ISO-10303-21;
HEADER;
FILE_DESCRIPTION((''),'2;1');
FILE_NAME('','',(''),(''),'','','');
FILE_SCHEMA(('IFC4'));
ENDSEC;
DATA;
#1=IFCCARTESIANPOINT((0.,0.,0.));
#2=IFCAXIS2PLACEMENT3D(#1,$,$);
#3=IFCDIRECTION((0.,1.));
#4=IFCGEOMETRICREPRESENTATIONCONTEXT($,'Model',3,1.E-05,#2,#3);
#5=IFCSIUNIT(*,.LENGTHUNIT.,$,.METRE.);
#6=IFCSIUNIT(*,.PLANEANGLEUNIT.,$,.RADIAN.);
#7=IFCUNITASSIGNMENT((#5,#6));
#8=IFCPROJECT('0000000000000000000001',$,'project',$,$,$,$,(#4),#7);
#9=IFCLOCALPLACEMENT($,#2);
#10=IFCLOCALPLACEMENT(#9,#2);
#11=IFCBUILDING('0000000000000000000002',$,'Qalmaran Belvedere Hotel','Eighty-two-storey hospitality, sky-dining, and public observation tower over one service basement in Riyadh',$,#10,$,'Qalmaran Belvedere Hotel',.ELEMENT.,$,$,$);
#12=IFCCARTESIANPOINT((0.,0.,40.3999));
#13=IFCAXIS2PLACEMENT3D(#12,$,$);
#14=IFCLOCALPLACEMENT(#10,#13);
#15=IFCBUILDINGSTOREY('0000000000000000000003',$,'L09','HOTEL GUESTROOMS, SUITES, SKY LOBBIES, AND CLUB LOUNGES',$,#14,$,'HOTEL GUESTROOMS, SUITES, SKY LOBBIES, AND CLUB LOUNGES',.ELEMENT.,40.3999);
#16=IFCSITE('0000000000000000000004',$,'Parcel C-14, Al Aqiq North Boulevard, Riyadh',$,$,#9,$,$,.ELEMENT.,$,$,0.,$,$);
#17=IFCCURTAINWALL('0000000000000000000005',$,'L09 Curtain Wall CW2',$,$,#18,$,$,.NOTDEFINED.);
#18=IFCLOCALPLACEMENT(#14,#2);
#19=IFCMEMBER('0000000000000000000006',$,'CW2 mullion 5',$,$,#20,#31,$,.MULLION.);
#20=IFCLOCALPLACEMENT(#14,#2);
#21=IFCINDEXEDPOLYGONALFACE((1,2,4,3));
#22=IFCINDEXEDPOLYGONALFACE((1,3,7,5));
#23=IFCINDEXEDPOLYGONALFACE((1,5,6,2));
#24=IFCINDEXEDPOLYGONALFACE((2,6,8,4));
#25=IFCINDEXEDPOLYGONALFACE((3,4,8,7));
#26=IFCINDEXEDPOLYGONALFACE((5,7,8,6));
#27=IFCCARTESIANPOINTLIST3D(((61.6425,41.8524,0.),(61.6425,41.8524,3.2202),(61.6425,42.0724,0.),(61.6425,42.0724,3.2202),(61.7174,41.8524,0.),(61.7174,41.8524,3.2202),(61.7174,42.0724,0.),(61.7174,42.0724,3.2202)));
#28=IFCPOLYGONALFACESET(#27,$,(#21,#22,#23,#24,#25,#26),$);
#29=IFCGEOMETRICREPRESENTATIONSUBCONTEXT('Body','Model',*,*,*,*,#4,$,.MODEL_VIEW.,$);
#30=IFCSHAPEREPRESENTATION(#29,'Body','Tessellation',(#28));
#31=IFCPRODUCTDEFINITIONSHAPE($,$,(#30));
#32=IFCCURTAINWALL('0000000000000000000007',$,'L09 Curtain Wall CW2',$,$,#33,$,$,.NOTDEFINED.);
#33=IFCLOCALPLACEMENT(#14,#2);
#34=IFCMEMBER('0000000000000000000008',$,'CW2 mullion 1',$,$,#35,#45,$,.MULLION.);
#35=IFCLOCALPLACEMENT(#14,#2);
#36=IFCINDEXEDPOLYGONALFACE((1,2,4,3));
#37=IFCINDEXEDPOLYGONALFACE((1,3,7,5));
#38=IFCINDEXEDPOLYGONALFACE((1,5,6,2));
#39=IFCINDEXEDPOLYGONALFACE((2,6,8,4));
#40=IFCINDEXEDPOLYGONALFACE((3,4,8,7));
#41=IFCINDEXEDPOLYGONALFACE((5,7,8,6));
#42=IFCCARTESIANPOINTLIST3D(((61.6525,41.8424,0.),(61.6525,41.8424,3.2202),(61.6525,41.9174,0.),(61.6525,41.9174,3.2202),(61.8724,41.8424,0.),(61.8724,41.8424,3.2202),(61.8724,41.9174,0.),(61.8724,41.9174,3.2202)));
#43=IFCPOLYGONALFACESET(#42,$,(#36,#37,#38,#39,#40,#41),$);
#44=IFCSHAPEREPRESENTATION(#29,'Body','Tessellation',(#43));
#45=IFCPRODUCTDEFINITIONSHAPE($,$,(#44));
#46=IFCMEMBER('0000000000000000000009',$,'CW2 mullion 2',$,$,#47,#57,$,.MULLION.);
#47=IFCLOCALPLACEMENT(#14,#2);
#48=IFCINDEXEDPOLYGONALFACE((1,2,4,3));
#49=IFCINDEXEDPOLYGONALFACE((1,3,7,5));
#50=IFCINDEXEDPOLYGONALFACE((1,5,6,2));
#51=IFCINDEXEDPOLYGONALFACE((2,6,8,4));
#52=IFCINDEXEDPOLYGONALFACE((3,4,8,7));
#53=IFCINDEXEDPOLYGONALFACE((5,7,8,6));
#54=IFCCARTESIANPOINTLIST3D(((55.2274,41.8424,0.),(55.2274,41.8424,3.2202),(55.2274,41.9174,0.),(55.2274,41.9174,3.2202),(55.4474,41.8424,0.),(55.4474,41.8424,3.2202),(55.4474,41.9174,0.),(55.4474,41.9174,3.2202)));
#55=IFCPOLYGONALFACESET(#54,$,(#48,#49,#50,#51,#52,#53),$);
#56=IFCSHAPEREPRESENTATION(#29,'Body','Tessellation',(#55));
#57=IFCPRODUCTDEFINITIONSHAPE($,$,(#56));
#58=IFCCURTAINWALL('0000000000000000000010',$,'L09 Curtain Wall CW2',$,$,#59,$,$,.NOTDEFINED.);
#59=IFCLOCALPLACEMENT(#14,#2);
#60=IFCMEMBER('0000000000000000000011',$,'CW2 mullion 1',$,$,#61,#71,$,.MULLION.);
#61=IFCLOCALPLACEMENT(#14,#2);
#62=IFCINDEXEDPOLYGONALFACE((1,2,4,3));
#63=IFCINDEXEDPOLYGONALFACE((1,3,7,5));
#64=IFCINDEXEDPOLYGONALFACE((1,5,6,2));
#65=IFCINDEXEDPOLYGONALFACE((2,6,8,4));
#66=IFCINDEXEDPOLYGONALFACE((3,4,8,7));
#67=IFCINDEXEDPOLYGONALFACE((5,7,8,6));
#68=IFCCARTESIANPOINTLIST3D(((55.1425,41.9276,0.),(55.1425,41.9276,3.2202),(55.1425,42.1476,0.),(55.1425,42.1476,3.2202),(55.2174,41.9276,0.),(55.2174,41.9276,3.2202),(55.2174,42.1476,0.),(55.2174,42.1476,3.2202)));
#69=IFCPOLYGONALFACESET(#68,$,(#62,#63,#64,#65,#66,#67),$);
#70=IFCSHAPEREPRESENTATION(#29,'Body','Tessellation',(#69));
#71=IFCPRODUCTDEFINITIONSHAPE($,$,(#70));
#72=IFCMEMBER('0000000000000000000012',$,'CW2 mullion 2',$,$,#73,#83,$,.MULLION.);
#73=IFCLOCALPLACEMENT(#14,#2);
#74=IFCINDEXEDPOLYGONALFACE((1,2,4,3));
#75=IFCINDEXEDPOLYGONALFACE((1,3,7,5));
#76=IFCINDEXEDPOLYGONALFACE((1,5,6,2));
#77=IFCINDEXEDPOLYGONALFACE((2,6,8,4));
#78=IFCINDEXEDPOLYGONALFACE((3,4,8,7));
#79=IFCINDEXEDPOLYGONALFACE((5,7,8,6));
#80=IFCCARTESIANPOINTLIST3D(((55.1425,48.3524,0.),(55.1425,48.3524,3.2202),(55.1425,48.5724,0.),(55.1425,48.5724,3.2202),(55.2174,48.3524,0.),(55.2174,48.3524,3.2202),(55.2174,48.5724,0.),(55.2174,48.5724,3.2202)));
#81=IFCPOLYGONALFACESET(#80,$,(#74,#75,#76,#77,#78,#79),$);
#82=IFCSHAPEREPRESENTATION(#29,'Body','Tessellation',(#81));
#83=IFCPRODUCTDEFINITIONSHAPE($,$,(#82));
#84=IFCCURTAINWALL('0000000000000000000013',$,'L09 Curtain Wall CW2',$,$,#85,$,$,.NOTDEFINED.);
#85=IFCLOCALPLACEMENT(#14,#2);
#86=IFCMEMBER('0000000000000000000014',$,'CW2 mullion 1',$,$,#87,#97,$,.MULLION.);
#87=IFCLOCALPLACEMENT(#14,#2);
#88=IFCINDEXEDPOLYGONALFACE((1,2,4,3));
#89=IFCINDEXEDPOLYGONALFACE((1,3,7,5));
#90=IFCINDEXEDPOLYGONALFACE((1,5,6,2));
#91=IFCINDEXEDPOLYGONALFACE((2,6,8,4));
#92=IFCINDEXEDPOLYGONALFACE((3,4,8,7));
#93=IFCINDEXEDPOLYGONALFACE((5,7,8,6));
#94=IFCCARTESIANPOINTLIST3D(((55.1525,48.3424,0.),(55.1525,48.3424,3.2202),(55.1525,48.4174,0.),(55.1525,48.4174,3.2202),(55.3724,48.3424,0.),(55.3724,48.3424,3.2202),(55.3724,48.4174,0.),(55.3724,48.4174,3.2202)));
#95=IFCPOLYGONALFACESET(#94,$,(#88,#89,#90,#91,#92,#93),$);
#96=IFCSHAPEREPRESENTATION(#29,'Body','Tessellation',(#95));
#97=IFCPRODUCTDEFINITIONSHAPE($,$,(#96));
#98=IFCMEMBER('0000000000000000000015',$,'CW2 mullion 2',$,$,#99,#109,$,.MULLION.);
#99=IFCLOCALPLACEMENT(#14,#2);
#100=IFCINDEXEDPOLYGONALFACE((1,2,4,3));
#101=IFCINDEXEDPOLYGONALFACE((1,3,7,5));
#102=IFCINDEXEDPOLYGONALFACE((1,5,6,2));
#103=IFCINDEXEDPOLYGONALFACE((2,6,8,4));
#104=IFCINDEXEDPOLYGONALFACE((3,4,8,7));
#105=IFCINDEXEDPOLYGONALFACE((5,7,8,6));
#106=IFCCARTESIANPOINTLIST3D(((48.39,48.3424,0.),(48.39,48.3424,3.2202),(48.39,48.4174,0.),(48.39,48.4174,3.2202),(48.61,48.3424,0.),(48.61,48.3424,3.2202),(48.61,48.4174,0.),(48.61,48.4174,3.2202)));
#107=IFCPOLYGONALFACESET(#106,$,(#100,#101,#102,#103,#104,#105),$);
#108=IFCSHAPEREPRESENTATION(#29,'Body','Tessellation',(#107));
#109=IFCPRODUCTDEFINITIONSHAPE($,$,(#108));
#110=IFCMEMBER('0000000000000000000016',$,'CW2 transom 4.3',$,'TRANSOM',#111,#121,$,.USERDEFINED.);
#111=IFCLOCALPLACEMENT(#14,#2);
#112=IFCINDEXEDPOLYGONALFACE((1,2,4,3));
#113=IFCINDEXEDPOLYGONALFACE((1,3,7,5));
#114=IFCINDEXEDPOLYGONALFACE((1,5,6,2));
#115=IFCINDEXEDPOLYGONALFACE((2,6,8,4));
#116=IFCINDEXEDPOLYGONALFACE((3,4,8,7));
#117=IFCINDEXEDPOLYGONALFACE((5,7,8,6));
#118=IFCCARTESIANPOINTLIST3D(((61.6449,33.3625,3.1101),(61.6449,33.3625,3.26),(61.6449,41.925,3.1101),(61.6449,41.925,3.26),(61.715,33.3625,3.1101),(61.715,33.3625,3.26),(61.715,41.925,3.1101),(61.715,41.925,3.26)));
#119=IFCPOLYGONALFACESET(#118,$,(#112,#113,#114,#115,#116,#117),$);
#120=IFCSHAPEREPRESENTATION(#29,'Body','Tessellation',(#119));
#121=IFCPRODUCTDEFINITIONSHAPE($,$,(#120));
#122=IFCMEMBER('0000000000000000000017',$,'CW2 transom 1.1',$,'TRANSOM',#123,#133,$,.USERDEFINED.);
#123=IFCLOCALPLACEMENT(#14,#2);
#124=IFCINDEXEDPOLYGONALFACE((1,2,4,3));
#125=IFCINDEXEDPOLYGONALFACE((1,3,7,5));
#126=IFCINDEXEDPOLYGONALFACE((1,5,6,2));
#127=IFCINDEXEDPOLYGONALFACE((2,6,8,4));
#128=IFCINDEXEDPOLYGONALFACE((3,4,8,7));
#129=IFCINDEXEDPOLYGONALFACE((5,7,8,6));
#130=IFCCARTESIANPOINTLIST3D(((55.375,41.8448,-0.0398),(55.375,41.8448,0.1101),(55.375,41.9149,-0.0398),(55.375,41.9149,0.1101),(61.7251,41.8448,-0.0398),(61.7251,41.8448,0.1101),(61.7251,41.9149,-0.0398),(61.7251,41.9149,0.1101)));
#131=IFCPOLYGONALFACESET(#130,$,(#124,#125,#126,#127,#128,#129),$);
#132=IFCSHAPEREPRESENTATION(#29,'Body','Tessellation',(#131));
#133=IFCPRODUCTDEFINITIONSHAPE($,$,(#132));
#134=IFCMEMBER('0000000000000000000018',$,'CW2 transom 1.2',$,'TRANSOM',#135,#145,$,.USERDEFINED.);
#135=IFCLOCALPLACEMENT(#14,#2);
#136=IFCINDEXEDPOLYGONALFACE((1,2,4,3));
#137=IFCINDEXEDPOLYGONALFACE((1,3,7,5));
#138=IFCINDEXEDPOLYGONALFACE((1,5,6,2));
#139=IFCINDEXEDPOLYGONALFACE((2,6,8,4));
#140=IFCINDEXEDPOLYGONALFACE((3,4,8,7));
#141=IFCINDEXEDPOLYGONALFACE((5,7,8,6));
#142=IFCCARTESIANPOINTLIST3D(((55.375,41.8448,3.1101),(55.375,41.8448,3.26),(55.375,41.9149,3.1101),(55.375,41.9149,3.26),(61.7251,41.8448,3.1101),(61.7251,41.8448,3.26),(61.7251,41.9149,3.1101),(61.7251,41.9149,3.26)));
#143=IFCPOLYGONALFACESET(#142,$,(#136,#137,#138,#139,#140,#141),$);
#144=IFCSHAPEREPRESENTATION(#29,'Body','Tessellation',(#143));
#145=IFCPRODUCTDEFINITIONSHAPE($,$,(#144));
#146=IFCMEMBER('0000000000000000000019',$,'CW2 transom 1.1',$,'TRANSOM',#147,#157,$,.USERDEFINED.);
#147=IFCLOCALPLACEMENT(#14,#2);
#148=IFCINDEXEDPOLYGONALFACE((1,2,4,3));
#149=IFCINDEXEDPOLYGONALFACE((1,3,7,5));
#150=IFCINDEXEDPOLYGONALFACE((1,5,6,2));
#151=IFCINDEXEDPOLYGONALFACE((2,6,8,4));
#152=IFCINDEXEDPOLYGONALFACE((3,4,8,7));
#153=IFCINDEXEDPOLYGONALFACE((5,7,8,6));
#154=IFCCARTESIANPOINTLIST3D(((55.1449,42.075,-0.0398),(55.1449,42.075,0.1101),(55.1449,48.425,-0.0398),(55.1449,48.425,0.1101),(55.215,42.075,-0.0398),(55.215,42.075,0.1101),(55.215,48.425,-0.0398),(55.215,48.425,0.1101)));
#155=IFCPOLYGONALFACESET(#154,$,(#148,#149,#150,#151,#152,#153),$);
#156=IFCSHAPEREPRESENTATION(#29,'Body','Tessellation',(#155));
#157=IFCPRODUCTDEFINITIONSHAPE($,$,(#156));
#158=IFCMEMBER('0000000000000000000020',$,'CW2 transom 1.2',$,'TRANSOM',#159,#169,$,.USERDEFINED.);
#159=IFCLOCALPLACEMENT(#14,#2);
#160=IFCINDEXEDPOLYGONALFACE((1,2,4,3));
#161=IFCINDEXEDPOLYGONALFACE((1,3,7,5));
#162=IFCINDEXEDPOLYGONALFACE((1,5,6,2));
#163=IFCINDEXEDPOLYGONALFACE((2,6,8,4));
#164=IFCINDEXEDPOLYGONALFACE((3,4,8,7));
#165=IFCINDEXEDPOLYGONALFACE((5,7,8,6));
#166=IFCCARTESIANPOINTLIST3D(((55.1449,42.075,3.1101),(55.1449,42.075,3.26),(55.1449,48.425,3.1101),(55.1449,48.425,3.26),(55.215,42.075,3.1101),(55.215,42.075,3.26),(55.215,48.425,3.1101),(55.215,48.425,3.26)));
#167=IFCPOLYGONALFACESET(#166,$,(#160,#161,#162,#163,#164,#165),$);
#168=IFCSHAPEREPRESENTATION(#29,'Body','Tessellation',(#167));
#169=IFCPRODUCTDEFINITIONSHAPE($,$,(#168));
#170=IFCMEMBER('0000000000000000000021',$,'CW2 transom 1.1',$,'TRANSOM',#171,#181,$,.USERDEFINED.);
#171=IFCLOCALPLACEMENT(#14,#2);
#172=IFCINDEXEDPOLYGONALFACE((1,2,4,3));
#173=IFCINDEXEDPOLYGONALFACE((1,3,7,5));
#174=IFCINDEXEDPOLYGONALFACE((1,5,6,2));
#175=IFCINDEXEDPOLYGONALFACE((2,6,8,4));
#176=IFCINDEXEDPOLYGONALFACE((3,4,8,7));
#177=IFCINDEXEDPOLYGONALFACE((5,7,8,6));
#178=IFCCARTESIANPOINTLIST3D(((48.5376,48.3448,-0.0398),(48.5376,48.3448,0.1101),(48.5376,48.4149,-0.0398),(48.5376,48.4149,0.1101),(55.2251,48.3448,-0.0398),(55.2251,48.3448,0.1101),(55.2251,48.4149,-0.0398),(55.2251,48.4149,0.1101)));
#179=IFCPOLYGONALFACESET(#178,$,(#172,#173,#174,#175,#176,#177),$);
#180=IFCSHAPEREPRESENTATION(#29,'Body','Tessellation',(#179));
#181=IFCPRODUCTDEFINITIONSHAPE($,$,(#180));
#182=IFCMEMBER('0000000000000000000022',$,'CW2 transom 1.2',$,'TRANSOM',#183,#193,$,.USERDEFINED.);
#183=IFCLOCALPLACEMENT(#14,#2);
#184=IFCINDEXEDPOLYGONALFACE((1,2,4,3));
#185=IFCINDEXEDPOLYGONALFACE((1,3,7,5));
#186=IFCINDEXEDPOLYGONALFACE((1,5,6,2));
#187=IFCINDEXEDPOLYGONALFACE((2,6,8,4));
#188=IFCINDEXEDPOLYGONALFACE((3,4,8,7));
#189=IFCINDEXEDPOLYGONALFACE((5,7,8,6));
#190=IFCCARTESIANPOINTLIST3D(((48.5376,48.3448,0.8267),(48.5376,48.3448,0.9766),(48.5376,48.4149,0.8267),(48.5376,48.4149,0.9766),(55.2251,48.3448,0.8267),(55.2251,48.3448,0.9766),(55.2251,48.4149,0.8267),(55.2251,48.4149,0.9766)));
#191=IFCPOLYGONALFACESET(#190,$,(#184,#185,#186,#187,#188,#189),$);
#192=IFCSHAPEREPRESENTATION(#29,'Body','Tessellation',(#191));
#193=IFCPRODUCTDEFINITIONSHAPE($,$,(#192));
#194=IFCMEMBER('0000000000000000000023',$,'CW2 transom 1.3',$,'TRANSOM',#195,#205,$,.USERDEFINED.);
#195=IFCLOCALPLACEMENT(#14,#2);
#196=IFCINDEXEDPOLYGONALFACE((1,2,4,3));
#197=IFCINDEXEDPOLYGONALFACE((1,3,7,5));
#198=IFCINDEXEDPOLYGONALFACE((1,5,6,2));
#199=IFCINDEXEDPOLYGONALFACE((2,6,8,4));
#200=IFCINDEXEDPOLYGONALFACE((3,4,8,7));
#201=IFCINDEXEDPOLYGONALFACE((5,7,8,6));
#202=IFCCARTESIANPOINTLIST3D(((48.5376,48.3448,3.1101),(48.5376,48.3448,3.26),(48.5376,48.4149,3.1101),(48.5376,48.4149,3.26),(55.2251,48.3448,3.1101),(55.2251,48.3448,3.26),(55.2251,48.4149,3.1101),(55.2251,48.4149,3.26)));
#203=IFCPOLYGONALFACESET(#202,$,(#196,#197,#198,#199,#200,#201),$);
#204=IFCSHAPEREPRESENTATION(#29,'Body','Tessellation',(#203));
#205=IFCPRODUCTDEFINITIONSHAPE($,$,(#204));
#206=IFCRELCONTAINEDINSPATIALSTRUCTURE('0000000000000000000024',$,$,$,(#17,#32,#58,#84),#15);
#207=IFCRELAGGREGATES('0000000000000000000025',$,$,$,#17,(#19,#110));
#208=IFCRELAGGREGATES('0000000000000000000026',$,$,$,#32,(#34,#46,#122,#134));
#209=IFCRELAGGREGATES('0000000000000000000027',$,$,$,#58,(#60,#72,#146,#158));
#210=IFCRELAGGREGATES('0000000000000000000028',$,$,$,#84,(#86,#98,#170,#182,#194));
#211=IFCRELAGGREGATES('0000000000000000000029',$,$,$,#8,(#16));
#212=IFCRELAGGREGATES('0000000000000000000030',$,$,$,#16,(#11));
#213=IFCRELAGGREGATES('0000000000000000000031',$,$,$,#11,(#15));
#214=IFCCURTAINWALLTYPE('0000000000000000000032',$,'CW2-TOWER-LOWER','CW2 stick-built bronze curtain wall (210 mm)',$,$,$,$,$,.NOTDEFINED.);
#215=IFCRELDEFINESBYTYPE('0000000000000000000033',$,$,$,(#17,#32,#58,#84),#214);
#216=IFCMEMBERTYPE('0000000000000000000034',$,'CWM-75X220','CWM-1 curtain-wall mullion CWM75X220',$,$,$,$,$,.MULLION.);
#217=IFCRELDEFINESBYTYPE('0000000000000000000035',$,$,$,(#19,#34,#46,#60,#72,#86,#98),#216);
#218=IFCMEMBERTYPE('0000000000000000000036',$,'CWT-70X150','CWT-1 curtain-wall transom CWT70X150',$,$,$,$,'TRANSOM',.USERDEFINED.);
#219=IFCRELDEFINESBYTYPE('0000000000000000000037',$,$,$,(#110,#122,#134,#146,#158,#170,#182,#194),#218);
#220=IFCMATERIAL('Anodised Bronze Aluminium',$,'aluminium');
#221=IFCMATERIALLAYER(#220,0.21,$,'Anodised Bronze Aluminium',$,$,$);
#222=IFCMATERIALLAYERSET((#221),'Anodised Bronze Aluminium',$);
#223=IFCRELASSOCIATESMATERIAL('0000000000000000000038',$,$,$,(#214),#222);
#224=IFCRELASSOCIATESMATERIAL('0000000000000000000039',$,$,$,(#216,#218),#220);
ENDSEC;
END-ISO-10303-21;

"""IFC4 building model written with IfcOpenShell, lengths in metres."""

from ifc_helpers import new_model, si_unit, direction, frame, origin, origin_2d, place, context, subcontext, project, spatial, rectangle, extrude, material, layer, layer_set, material_profile, profile_set, type_object, element, aggregate, save


model = new_model("IFC4")

# Units and contexts
model_context = context("Model", 3, precision=1e-05, world=origin(), true_north=direction((0.0, 1.0)))
body_context = subcontext(model_context, "Body", "Model", "MODEL_VIEW")
ifc_project = project(units=[si_unit("LENGTHUNIT", "METRE"), si_unit("PLANEANGLEUNIT", "RADIAN")], contexts=[model_context])

# Site, building, storey
site_placement = place(None, origin())
site = spatial("IfcSite", under=ifc_project, at=site_placement, Name="Parcel C-14, Al Aqiq North Boulevard, Riyadh", CompositionType="ELEMENT", RefElevation=0.0)
building_placement = place(site_placement, origin())
building = spatial("IfcBuilding", under=site, at=building_placement, Name="Qalmaran Belvedere Hotel", Description="Eighty-two-storey hospitality, sky-dining, and public observation tower over one service basement in Riyadh", LongName="Qalmaran Belvedere Hotel", CompositionType="ELEMENT")
storey_placement = place(building_placement, frame((0.0, 0.0, 40.3999)))
storey = spatial("IfcBuildingStorey", under=building, at=storey_placement, Name="L09", Description="HOTEL GUESTROOMS, SUITES, SKY LOBBIES, AND CLUB LOUNGES", LongName="HOTEL GUESTROOMS, SUITES, SKY LOBBIES, AND CLUB LOUNGES", CompositionType="ELEMENT", Elevation=40.3999)

# Curtain wall, member
ifc_material_1 = material(Name="Anodised Bronze Aluminium", Category="aluminium")
ifc_layer_1 = layer(ifc_material_1, 0.21, Name="Anodised Bronze Aluminium")
ifc_layer_set_1 = layer_set([ifc_layer_1], Name="Anodised Bronze Aluminium")
curtain_wall_type = type_object("IfcCurtainWallType", Name="CW2-TOWER-LOWER", Description="CW2 stick-built bronze curtain wall (210 mm)", PredefinedType="NOTDEFINED", material=ifc_layer_set_1)
curtain_wall_1_placement = place(storey_placement, origin())
curtain_wall_1 = element("IfcCurtainWall", 1, at=curtain_wall_1_placement, inside=storey, type_object=curtain_wall_type, Name="L09 Curtain Wall CW2", PredefinedType="NOTDEFINED")
ifc_material_profile_1 = material_profile(ifc_material_1, rectangle(XDim=0.075, YDim=0.22, at=origin_2d()), Name="CWM75X220")
ifc_profile_set_1 = profile_set([ifc_material_profile_1], Name="Anodised Bronze Aluminium")
member_type_1 = type_object("IfcMemberType", Name="CWM-75X220", Description="CWM-1 curtain-wall mullion CWM75X220", PredefinedType="MULLION", material=ifc_profile_set_1)
member_1_placement = place(storey_placement, frame((61.6799, 41.9624, 0.0), z_axis=(0.0, 0.0, 1.0), x_axis=(-1.0, 0.0, 0.0)))
member_1 = element("IfcMember", 2, at=member_1_placement, type_object=member_type_1, Name="CW2 mullion 5", PredefinedType="MULLION", context=body_context, shape_type="SweptSolid", body=[
    extrude(rectangle(XDim=0.075, YDim=0.22, at=origin_2d()), origin(), (0.0, 0.0, 1.0), 3.2202),
])

# Curtain walls, members
curtain_wall_2_placement = place(storey_placement, origin())
curtain_wall_2 = element("IfcCurtainWall", 3, at=curtain_wall_2_placement, inside=storey, type_object=curtain_wall_type, Name="L09 Curtain Wall CW2", PredefinedType="NOTDEFINED")
member_2_placement = place(storey_placement, frame((61.7625, 41.8799, 0.0), z_axis=(0.0, 0.0, 1.0), x_axis=(0.0, -1.0, 0.0)))
member_2 = element("IfcMember", 4, at=member_2_placement, type_object=member_type_1, Name="CW2 mullion 1", PredefinedType="MULLION", context=body_context, shape_type="SweptSolid", body=[
    extrude(rectangle(XDim=0.075, YDim=0.22, at=origin_2d()), origin(), (0.0, 0.0, 1.0), 3.2202),
])
member_3_placement = place(storey_placement, frame((55.3374, 41.8799, 0.0), z_axis=(0.0, 0.0, 1.0), x_axis=(0.0, -1.0, 0.0)))
member_3 = element("IfcMember", 5, at=member_3_placement, type_object=member_type_1, Name="CW2 mullion 2", PredefinedType="MULLION", context=body_context, shape_type="SweptSolid", body=[
    extrude(rectangle(XDim=0.075, YDim=0.22, at=origin_2d()), origin(), (0.0, 0.0, 1.0), 3.2202),
])
curtain_wall_3_placement = place(storey_placement, origin())
curtain_wall_3 = element("IfcCurtainWall", 6, at=curtain_wall_3_placement, inside=storey, type_object=curtain_wall_type, Name="L09 Curtain Wall CW2", PredefinedType="NOTDEFINED")
member_4_placement = place(storey_placement, frame((55.1799, 42.0376, 0.0), z_axis=(0.0, 0.0, 1.0), x_axis=(-1.0, 0.0, 0.0)))
member_4 = element("IfcMember", 7, at=member_4_placement, type_object=member_type_1, Name="CW2 mullion 1", PredefinedType="MULLION", context=body_context, shape_type="SweptSolid", body=[
    extrude(rectangle(XDim=0.075, YDim=0.22, at=origin_2d()), origin(), (0.0, 0.0, 1.0), 3.2202),
])
member_5_placement = place(storey_placement, frame((55.1799, 48.4624, 0.0), z_axis=(0.0, 0.0, 1.0), x_axis=(-1.0, 0.0, 0.0)))
member_5 = element("IfcMember", 8, at=member_5_placement, type_object=member_type_1, Name="CW2 mullion 2", PredefinedType="MULLION", context=body_context, shape_type="SweptSolid", body=[
    extrude(rectangle(XDim=0.075, YDim=0.22, at=origin_2d()), origin(), (0.0, 0.0, 1.0), 3.2202),
])
curtain_wall_4_placement = place(storey_placement, origin())
curtain_wall_4 = element("IfcCurtainWall", 9, at=curtain_wall_4_placement, inside=storey, type_object=curtain_wall_type, Name="L09 Curtain Wall CW2", PredefinedType="NOTDEFINED")
member_6_placement = place(storey_placement, frame((55.2625, 48.3799, 0.0), z_axis=(0.0, 0.0, 1.0), x_axis=(0.0, -1.0, 0.0)))
member_6 = element("IfcMember", 10, at=member_6_placement, type_object=member_type_1, Name="CW2 mullion 1", PredefinedType="MULLION", context=body_context, shape_type="SweptSolid", body=[
    extrude(rectangle(XDim=0.075, YDim=0.22, at=origin_2d()), origin(), (0.0, 0.0, 1.0), 3.2202),
])
member_7_placement = place(storey_placement, frame((48.5, 48.3799, 0.0), z_axis=(0.0, 0.0, 1.0), x_axis=(0.0, -1.0, 0.0)))
member_7 = element("IfcMember", 11, at=member_7_placement, type_object=member_type_1, Name="CW2 mullion 2", PredefinedType="MULLION", context=body_context, shape_type="SweptSolid", body=[
    extrude(rectangle(XDim=0.075, YDim=0.22, at=origin_2d()), origin(), (0.0, 0.0, 1.0), 3.2202),
])

# Members
ifc_material_profile_2 = material_profile(ifc_material_1, rectangle(XDim=0.0701, YDim=0.1499, at=origin_2d()), Name="CWT70X150")
ifc_profile_set_2 = profile_set([ifc_material_profile_2], Name="Anodised Bronze Aluminium")
member_type_2 = type_object("IfcMemberType", Name="CWT-70X150", Description="CWT-1 curtain-wall transom CWT70X150", ElementType="TRANSOM", PredefinedType="USERDEFINED", material=ifc_profile_set_2)
member_8_placement = place(storey_placement, frame((61.6799, 33.3625, 3.1851), z_axis=(0.0, 1.0, 0.0), x_axis=(-1.0, 0.0, 0.0)))
member_8 = element("IfcMember", 12, at=member_8_placement, type_object=member_type_2, Name="CW2 transom 4.3", ObjectType="TRANSOM", PredefinedType="USERDEFINED", context=body_context, shape_type="SweptSolid", body=[
    extrude(rectangle(XDim=0.0701, YDim=0.1499, at=origin_2d()), origin(), (0.0, 0.0, 1.0), 8.5625),
])
member_9_placement = place(storey_placement, frame((61.7251, 41.8799, 0.0352), z_axis=(-1.0, 0.0, 0.0), x_axis=(0.0, -1.0, 0.0)))
member_9 = element("IfcMember", 13, at=member_9_placement, type_object=member_type_2, Name="CW2 transom 1.1", ObjectType="TRANSOM", PredefinedType="USERDEFINED", context=body_context, shape_type="SweptSolid", body=[
    extrude(rectangle(XDim=0.0701, YDim=0.1499, at=origin_2d()), origin(), (0.0, 0.0, 1.0), 6.3501),
])
member_10_placement = place(storey_placement, frame((61.7251, 41.8799, 3.1851), z_axis=(-1.0, 0.0, 0.0), x_axis=(0.0, -1.0, 0.0)))
member_10 = element("IfcMember", 14, at=member_10_placement, type_object=member_type_2, Name="CW2 transom 1.2", ObjectType="TRANSOM", PredefinedType="USERDEFINED", context=body_context, shape_type="SweptSolid", body=[
    extrude(rectangle(XDim=0.0701, YDim=0.1499, at=origin_2d()), origin(), (0.0, 0.0, 1.0), 6.3501),
])
member_11_placement = place(storey_placement, frame((55.1799, 42.075, 0.0352), z_axis=(0.0, 1.0, 0.0), x_axis=(-1.0, 0.0, 0.0)))
member_11 = element("IfcMember", 15, at=member_11_placement, type_object=member_type_2, Name="CW2 transom 1.1", ObjectType="TRANSOM", PredefinedType="USERDEFINED", context=body_context, shape_type="SweptSolid", body=[
    extrude(rectangle(XDim=0.0701, YDim=0.1499, at=origin_2d()), origin(), (0.0, 0.0, 1.0), 6.3501),
])
member_12_placement = place(storey_placement, frame((55.1799, 42.075, 3.1851), z_axis=(0.0, 1.0, 0.0), x_axis=(-1.0, 0.0, 0.0)))
member_12 = element("IfcMember", 16, at=member_12_placement, type_object=member_type_2, Name="CW2 transom 1.2", ObjectType="TRANSOM", PredefinedType="USERDEFINED", context=body_context, shape_type="SweptSolid", body=[
    extrude(rectangle(XDim=0.0701, YDim=0.1499, at=origin_2d()), origin(), (0.0, 0.0, 1.0), 6.3501),
])
member_13_placement = place(storey_placement, frame((55.2251, 48.3799, 0.0352), z_axis=(-1.0, 0.0, 0.0), x_axis=(0.0, -1.0, 0.0)))
member_13 = element("IfcMember", 17, at=member_13_placement, type_object=member_type_2, Name="CW2 transom 1.1", ObjectType="TRANSOM", PredefinedType="USERDEFINED", context=body_context, shape_type="SweptSolid", body=[
    extrude(rectangle(XDim=0.0701, YDim=0.1499, at=origin_2d()), origin(), (0.0, 0.0, 1.0), 6.6875),
])
member_14_placement = place(storey_placement, frame((55.2251, 48.3799, 0.9016), z_axis=(-1.0, 0.0, 0.0), x_axis=(0.0, -1.0, 0.0)))
member_14 = element("IfcMember", 18, at=member_14_placement, type_object=member_type_2, Name="CW2 transom 1.2", ObjectType="TRANSOM", PredefinedType="USERDEFINED", context=body_context, shape_type="SweptSolid", body=[
    extrude(rectangle(XDim=0.0701, YDim=0.1499, at=origin_2d()), origin(), (0.0, 0.0, 1.0), 6.6875),
])
member_15_placement = place(storey_placement, frame((55.2251, 48.3799, 3.1851), z_axis=(-1.0, 0.0, 0.0), x_axis=(0.0, -1.0, 0.0)))
member_15 = element("IfcMember", 19, at=member_15_placement, type_object=member_type_2, Name="CW2 transom 1.3", ObjectType="TRANSOM", PredefinedType="USERDEFINED", context=body_context, shape_type="SweptSolid", body=[
    extrude(rectangle(XDim=0.0701, YDim=0.1499, at=origin_2d()), origin(), (0.0, 0.0, 1.0), 6.6875),
])

aggregate(curtain_wall_1, [member_1, member_8])
aggregate(curtain_wall_2, [member_2, member_3, member_9, member_10])
aggregate(curtain_wall_3, [member_4, member_5, member_11, member_12])
aggregate(curtain_wall_4, [member_6, member_7, member_13, member_14, member_15])

save(model, "model.ifc")
